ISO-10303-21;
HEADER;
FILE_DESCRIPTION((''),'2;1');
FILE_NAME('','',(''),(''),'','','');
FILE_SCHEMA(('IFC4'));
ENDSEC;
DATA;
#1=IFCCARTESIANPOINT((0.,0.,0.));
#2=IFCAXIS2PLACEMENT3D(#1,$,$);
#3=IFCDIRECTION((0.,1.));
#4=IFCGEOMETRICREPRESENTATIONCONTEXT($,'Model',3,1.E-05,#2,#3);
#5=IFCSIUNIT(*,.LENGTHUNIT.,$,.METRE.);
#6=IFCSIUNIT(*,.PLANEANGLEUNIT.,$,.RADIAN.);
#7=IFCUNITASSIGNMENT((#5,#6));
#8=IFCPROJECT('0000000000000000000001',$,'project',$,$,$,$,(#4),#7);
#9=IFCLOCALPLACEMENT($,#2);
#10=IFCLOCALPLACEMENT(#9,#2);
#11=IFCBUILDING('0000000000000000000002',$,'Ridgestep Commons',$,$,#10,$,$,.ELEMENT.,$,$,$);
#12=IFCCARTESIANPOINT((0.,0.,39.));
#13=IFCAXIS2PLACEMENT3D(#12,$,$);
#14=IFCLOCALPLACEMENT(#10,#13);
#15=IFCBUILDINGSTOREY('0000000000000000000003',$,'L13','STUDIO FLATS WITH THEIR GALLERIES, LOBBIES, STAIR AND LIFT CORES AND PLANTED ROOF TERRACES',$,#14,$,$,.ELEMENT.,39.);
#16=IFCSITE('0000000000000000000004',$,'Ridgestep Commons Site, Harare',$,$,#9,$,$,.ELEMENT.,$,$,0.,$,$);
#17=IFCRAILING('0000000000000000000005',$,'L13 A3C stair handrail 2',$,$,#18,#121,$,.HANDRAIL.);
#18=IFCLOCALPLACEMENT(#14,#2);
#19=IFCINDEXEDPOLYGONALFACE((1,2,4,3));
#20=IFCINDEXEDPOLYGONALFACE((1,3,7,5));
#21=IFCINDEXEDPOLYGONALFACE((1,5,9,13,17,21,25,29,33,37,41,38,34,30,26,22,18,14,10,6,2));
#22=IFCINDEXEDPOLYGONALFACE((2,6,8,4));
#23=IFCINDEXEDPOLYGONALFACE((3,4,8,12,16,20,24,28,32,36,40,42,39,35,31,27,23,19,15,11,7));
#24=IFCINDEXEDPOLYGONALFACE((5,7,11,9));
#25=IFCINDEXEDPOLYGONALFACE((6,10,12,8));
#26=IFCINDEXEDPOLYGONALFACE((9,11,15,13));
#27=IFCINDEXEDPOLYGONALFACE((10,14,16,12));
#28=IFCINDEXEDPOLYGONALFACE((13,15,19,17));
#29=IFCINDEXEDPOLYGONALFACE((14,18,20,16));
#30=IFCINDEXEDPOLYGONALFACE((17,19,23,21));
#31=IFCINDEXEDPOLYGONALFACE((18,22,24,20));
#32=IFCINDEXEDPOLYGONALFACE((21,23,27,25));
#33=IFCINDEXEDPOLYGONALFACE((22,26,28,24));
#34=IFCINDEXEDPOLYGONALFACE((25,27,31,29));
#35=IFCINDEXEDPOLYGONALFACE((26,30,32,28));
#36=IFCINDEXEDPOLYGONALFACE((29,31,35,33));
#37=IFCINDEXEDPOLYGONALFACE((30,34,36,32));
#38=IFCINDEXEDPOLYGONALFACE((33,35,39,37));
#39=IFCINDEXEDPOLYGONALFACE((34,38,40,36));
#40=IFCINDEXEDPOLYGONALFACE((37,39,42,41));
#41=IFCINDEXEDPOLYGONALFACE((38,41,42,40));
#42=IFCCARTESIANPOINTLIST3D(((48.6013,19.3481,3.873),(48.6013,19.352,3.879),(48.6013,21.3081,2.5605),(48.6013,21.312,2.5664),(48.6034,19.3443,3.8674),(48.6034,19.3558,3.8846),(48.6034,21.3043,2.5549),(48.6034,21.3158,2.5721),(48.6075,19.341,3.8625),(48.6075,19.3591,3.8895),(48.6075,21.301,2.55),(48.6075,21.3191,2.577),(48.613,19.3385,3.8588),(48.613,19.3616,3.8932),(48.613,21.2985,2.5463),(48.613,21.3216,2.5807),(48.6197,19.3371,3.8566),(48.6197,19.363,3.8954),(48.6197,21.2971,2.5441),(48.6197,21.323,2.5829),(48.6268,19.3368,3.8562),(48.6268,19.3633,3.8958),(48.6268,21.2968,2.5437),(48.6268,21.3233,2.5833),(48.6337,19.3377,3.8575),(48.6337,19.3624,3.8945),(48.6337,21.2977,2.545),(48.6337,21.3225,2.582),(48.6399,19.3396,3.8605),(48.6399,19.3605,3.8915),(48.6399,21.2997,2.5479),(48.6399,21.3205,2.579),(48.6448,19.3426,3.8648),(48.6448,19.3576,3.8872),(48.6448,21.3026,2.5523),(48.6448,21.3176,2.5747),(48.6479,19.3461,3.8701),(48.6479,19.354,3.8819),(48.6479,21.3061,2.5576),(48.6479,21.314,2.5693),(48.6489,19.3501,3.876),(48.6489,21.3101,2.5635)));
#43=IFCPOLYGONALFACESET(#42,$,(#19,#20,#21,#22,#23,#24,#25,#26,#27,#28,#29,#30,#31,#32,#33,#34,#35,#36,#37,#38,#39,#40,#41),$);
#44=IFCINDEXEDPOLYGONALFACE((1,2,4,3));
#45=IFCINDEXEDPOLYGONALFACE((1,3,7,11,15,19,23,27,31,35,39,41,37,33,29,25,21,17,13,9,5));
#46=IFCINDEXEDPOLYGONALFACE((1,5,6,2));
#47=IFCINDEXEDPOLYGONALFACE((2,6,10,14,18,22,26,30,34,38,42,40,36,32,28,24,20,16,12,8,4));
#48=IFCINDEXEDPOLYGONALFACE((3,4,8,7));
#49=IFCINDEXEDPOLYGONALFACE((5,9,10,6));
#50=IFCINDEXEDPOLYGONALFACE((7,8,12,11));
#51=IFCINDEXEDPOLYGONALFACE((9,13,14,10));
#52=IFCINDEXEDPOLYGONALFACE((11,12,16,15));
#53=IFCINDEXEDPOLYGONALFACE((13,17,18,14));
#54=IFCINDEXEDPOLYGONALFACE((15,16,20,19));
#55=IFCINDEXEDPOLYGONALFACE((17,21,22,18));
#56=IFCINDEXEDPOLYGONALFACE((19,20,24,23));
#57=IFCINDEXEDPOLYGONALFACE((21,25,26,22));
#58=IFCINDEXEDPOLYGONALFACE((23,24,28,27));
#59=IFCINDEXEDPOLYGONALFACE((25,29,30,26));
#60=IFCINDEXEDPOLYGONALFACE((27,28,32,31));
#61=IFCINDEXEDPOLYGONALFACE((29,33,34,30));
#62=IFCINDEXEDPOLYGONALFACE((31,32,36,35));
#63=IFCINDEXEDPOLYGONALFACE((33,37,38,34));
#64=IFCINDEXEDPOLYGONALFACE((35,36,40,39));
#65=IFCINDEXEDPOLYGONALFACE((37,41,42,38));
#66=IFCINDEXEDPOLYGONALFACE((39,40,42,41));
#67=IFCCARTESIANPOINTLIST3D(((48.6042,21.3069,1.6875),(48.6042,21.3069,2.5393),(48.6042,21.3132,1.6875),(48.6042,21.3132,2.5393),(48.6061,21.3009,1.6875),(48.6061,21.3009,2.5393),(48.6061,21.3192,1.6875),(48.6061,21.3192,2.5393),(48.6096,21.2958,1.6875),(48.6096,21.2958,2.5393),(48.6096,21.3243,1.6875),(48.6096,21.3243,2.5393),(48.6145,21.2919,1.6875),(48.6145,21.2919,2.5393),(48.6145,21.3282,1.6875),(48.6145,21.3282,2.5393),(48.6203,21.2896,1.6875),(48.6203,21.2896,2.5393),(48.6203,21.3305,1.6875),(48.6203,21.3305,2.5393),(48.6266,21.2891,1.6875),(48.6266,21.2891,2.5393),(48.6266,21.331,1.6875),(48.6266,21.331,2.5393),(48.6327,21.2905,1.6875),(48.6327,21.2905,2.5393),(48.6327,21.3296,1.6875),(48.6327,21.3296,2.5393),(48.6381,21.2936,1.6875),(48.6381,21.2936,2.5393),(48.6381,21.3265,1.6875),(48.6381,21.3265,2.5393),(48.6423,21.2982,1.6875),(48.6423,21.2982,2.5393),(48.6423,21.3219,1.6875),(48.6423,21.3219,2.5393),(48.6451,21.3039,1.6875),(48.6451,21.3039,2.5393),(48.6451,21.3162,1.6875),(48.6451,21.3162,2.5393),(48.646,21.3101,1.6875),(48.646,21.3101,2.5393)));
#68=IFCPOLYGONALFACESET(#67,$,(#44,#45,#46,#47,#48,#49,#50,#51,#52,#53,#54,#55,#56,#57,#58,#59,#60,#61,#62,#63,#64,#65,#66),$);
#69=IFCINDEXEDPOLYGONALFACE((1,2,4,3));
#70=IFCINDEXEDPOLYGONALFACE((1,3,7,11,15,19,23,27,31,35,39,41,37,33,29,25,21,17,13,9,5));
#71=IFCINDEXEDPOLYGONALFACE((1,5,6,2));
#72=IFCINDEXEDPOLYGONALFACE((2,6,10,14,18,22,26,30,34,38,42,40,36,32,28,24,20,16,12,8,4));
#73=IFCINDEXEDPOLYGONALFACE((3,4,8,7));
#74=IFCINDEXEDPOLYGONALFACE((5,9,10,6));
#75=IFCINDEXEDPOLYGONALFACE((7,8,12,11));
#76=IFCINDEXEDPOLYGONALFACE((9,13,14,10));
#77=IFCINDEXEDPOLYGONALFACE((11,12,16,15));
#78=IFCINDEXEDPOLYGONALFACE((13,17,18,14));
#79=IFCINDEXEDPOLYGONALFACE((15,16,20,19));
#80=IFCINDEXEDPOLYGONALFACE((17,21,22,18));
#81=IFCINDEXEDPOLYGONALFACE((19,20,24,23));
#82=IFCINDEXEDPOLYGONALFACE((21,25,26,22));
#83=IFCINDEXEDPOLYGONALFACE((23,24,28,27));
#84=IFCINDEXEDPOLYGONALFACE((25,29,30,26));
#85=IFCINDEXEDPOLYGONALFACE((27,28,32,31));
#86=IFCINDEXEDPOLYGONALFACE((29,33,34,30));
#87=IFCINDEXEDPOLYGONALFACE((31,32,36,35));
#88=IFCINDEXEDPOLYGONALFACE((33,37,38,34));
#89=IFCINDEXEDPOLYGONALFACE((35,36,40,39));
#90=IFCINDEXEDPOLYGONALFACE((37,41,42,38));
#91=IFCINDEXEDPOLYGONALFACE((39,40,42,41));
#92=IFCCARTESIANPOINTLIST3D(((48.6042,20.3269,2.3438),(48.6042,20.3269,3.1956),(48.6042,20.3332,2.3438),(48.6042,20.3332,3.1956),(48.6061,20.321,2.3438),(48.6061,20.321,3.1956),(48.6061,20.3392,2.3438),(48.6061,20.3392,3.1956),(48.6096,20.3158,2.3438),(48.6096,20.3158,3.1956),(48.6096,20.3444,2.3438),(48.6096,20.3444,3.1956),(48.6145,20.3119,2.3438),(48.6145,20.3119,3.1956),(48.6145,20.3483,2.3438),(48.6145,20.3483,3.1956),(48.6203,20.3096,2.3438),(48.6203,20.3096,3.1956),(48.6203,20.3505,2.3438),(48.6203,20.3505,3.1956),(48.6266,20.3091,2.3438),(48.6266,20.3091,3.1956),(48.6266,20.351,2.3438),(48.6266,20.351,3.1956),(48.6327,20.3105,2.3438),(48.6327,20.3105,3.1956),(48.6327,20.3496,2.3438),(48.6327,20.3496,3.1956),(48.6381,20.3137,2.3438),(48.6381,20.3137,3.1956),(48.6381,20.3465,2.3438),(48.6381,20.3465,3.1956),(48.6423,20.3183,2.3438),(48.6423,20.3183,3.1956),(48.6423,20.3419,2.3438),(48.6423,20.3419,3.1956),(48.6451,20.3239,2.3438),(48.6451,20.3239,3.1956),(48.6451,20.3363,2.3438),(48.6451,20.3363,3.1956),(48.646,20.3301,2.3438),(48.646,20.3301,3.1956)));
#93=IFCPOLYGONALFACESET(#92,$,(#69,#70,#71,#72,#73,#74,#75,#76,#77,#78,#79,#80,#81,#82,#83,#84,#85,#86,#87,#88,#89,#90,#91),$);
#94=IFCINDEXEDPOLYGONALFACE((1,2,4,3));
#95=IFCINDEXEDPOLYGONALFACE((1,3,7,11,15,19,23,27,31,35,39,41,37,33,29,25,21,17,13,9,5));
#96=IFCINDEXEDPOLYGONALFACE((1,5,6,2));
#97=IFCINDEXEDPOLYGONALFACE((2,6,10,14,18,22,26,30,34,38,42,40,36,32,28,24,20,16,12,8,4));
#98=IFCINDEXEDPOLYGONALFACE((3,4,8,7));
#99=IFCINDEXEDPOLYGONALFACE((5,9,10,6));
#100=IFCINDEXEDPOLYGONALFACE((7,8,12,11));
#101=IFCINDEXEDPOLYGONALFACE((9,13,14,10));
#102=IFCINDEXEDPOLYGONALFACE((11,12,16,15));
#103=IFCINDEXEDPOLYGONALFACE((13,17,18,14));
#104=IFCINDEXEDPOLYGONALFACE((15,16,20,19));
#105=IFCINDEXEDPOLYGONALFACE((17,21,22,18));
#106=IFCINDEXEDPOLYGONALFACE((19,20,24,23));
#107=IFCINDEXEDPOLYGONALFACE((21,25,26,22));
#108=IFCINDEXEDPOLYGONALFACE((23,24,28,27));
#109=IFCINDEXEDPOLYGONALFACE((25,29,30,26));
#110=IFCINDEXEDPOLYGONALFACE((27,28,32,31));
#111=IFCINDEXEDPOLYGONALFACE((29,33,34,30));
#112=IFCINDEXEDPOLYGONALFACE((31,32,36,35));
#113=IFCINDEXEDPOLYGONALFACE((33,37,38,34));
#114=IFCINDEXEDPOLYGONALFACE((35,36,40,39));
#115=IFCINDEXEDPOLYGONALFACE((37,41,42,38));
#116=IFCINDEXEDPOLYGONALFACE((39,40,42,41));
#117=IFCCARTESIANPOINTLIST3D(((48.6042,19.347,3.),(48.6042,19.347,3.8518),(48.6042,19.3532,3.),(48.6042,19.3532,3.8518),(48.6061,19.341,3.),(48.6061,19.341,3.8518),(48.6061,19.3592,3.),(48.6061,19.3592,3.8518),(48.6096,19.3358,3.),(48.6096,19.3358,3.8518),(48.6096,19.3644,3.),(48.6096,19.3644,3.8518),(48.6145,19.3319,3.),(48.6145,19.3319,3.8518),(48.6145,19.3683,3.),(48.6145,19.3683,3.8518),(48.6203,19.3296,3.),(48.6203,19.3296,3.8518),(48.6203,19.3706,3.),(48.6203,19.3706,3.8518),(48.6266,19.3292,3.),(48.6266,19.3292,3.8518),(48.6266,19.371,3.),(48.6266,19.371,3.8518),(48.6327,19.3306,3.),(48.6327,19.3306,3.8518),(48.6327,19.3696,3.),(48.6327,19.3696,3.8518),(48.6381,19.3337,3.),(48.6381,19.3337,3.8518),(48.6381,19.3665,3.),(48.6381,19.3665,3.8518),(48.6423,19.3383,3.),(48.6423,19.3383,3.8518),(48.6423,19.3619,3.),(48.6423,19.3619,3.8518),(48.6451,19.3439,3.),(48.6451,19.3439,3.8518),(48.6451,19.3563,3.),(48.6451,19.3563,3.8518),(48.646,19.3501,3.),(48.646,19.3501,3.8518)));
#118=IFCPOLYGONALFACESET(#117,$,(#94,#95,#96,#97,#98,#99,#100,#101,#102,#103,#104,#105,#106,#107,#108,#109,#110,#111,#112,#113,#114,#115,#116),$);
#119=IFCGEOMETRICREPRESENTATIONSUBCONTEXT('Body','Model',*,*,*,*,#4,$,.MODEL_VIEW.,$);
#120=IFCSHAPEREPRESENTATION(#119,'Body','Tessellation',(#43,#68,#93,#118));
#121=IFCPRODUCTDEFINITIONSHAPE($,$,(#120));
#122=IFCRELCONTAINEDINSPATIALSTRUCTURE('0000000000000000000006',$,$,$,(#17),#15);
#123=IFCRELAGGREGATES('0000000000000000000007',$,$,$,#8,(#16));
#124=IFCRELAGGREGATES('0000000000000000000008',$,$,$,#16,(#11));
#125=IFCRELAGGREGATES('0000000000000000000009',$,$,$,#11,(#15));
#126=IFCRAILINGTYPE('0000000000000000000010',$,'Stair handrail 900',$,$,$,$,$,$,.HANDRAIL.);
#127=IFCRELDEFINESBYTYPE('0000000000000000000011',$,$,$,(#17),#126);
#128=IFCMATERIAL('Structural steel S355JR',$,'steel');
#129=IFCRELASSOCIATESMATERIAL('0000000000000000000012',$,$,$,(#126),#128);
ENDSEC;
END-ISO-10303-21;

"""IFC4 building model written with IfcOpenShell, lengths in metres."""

from ifc_helpers import new_model, si_unit, direction, frame, origin, origin_2d, place, context, subcontext, project, spatial, circle, extrude, material, type_object, element, save


model = new_model("IFC4")

# Units and contexts
model_context = context("Model", 3, precision=1e-05, world=origin(), true_north=direction((0.0, 1.0)))
body_context = subcontext(model_context, "Body", "Model", "MODEL_VIEW")
ifc_project = project(units=[si_unit("LENGTHUNIT", "METRE"), si_unit("PLANEANGLEUNIT", "RADIAN")], contexts=[model_context])

# Site, building, storey
site_placement = place(None, origin())
site = spatial("IfcSite", under=ifc_project, at=site_placement, Name="Ridgestep Commons Site, Harare", CompositionType="ELEMENT", RefElevation=0.0)
building_placement = place(site_placement, origin())
building = spatial("IfcBuilding", under=site, at=building_placement, Name="Ridgestep Commons", CompositionType="ELEMENT")
storey_placement = place(building_placement, frame((0.0, 0.0, 39.0)))
storey = spatial("IfcBuildingStorey", under=building, at=storey_placement, Name="L13", Description="STUDIO FLATS WITH THEIR GALLERIES, LOBBIES, STAIR AND LIFT CORES AND PLANTED ROOF TERRACES", CompositionType="ELEMENT", Elevation=39.0)

# Railing
ifc_material_1 = material(Name="Structural steel S355JR", Category="steel")
railing_type_1 = type_object("IfcRailingType", Name="Stair handrail 900", PredefinedType="HANDRAIL", material=ifc_material_1)
railing_1_placement = place(storey_placement, frame((48.625, 21.3101, 1.6875)))
element("IfcRailing", 1, at=railing_1_placement, inside=storey, type_object=railing_type_1, Name="L13 A3C stair handrail 2", PredefinedType="HANDRAIL", context=body_context, shape_type="SweptSolid", body=[
    extrude(circle(Radius=0.0239, at=origin_2d()), frame((0.0, 0.0, 0.876), z_axis=(0.0, -0.830902, 0.556419), x_axis=(1.0, 0.0, 0.0)), (0.0, 0.0, 1.0), 2.3589),
    extrude(circle(Radius=0.021, at=origin_2d()), origin(), (0.0, 0.0, 1.0), 0.8518),
    extrude(circle(Radius=0.021, at=origin_2d()), frame((0.0, -0.98, 0.6562)), (0.0, 0.0, 1.0), 0.8518),
    extrude(circle(Radius=0.021, at=origin_2d()), frame((0.0, -1.96, 1.3125)), (0.0, 0.0, 1.0), 0.8518),
])

save(model, "model.ifc")
